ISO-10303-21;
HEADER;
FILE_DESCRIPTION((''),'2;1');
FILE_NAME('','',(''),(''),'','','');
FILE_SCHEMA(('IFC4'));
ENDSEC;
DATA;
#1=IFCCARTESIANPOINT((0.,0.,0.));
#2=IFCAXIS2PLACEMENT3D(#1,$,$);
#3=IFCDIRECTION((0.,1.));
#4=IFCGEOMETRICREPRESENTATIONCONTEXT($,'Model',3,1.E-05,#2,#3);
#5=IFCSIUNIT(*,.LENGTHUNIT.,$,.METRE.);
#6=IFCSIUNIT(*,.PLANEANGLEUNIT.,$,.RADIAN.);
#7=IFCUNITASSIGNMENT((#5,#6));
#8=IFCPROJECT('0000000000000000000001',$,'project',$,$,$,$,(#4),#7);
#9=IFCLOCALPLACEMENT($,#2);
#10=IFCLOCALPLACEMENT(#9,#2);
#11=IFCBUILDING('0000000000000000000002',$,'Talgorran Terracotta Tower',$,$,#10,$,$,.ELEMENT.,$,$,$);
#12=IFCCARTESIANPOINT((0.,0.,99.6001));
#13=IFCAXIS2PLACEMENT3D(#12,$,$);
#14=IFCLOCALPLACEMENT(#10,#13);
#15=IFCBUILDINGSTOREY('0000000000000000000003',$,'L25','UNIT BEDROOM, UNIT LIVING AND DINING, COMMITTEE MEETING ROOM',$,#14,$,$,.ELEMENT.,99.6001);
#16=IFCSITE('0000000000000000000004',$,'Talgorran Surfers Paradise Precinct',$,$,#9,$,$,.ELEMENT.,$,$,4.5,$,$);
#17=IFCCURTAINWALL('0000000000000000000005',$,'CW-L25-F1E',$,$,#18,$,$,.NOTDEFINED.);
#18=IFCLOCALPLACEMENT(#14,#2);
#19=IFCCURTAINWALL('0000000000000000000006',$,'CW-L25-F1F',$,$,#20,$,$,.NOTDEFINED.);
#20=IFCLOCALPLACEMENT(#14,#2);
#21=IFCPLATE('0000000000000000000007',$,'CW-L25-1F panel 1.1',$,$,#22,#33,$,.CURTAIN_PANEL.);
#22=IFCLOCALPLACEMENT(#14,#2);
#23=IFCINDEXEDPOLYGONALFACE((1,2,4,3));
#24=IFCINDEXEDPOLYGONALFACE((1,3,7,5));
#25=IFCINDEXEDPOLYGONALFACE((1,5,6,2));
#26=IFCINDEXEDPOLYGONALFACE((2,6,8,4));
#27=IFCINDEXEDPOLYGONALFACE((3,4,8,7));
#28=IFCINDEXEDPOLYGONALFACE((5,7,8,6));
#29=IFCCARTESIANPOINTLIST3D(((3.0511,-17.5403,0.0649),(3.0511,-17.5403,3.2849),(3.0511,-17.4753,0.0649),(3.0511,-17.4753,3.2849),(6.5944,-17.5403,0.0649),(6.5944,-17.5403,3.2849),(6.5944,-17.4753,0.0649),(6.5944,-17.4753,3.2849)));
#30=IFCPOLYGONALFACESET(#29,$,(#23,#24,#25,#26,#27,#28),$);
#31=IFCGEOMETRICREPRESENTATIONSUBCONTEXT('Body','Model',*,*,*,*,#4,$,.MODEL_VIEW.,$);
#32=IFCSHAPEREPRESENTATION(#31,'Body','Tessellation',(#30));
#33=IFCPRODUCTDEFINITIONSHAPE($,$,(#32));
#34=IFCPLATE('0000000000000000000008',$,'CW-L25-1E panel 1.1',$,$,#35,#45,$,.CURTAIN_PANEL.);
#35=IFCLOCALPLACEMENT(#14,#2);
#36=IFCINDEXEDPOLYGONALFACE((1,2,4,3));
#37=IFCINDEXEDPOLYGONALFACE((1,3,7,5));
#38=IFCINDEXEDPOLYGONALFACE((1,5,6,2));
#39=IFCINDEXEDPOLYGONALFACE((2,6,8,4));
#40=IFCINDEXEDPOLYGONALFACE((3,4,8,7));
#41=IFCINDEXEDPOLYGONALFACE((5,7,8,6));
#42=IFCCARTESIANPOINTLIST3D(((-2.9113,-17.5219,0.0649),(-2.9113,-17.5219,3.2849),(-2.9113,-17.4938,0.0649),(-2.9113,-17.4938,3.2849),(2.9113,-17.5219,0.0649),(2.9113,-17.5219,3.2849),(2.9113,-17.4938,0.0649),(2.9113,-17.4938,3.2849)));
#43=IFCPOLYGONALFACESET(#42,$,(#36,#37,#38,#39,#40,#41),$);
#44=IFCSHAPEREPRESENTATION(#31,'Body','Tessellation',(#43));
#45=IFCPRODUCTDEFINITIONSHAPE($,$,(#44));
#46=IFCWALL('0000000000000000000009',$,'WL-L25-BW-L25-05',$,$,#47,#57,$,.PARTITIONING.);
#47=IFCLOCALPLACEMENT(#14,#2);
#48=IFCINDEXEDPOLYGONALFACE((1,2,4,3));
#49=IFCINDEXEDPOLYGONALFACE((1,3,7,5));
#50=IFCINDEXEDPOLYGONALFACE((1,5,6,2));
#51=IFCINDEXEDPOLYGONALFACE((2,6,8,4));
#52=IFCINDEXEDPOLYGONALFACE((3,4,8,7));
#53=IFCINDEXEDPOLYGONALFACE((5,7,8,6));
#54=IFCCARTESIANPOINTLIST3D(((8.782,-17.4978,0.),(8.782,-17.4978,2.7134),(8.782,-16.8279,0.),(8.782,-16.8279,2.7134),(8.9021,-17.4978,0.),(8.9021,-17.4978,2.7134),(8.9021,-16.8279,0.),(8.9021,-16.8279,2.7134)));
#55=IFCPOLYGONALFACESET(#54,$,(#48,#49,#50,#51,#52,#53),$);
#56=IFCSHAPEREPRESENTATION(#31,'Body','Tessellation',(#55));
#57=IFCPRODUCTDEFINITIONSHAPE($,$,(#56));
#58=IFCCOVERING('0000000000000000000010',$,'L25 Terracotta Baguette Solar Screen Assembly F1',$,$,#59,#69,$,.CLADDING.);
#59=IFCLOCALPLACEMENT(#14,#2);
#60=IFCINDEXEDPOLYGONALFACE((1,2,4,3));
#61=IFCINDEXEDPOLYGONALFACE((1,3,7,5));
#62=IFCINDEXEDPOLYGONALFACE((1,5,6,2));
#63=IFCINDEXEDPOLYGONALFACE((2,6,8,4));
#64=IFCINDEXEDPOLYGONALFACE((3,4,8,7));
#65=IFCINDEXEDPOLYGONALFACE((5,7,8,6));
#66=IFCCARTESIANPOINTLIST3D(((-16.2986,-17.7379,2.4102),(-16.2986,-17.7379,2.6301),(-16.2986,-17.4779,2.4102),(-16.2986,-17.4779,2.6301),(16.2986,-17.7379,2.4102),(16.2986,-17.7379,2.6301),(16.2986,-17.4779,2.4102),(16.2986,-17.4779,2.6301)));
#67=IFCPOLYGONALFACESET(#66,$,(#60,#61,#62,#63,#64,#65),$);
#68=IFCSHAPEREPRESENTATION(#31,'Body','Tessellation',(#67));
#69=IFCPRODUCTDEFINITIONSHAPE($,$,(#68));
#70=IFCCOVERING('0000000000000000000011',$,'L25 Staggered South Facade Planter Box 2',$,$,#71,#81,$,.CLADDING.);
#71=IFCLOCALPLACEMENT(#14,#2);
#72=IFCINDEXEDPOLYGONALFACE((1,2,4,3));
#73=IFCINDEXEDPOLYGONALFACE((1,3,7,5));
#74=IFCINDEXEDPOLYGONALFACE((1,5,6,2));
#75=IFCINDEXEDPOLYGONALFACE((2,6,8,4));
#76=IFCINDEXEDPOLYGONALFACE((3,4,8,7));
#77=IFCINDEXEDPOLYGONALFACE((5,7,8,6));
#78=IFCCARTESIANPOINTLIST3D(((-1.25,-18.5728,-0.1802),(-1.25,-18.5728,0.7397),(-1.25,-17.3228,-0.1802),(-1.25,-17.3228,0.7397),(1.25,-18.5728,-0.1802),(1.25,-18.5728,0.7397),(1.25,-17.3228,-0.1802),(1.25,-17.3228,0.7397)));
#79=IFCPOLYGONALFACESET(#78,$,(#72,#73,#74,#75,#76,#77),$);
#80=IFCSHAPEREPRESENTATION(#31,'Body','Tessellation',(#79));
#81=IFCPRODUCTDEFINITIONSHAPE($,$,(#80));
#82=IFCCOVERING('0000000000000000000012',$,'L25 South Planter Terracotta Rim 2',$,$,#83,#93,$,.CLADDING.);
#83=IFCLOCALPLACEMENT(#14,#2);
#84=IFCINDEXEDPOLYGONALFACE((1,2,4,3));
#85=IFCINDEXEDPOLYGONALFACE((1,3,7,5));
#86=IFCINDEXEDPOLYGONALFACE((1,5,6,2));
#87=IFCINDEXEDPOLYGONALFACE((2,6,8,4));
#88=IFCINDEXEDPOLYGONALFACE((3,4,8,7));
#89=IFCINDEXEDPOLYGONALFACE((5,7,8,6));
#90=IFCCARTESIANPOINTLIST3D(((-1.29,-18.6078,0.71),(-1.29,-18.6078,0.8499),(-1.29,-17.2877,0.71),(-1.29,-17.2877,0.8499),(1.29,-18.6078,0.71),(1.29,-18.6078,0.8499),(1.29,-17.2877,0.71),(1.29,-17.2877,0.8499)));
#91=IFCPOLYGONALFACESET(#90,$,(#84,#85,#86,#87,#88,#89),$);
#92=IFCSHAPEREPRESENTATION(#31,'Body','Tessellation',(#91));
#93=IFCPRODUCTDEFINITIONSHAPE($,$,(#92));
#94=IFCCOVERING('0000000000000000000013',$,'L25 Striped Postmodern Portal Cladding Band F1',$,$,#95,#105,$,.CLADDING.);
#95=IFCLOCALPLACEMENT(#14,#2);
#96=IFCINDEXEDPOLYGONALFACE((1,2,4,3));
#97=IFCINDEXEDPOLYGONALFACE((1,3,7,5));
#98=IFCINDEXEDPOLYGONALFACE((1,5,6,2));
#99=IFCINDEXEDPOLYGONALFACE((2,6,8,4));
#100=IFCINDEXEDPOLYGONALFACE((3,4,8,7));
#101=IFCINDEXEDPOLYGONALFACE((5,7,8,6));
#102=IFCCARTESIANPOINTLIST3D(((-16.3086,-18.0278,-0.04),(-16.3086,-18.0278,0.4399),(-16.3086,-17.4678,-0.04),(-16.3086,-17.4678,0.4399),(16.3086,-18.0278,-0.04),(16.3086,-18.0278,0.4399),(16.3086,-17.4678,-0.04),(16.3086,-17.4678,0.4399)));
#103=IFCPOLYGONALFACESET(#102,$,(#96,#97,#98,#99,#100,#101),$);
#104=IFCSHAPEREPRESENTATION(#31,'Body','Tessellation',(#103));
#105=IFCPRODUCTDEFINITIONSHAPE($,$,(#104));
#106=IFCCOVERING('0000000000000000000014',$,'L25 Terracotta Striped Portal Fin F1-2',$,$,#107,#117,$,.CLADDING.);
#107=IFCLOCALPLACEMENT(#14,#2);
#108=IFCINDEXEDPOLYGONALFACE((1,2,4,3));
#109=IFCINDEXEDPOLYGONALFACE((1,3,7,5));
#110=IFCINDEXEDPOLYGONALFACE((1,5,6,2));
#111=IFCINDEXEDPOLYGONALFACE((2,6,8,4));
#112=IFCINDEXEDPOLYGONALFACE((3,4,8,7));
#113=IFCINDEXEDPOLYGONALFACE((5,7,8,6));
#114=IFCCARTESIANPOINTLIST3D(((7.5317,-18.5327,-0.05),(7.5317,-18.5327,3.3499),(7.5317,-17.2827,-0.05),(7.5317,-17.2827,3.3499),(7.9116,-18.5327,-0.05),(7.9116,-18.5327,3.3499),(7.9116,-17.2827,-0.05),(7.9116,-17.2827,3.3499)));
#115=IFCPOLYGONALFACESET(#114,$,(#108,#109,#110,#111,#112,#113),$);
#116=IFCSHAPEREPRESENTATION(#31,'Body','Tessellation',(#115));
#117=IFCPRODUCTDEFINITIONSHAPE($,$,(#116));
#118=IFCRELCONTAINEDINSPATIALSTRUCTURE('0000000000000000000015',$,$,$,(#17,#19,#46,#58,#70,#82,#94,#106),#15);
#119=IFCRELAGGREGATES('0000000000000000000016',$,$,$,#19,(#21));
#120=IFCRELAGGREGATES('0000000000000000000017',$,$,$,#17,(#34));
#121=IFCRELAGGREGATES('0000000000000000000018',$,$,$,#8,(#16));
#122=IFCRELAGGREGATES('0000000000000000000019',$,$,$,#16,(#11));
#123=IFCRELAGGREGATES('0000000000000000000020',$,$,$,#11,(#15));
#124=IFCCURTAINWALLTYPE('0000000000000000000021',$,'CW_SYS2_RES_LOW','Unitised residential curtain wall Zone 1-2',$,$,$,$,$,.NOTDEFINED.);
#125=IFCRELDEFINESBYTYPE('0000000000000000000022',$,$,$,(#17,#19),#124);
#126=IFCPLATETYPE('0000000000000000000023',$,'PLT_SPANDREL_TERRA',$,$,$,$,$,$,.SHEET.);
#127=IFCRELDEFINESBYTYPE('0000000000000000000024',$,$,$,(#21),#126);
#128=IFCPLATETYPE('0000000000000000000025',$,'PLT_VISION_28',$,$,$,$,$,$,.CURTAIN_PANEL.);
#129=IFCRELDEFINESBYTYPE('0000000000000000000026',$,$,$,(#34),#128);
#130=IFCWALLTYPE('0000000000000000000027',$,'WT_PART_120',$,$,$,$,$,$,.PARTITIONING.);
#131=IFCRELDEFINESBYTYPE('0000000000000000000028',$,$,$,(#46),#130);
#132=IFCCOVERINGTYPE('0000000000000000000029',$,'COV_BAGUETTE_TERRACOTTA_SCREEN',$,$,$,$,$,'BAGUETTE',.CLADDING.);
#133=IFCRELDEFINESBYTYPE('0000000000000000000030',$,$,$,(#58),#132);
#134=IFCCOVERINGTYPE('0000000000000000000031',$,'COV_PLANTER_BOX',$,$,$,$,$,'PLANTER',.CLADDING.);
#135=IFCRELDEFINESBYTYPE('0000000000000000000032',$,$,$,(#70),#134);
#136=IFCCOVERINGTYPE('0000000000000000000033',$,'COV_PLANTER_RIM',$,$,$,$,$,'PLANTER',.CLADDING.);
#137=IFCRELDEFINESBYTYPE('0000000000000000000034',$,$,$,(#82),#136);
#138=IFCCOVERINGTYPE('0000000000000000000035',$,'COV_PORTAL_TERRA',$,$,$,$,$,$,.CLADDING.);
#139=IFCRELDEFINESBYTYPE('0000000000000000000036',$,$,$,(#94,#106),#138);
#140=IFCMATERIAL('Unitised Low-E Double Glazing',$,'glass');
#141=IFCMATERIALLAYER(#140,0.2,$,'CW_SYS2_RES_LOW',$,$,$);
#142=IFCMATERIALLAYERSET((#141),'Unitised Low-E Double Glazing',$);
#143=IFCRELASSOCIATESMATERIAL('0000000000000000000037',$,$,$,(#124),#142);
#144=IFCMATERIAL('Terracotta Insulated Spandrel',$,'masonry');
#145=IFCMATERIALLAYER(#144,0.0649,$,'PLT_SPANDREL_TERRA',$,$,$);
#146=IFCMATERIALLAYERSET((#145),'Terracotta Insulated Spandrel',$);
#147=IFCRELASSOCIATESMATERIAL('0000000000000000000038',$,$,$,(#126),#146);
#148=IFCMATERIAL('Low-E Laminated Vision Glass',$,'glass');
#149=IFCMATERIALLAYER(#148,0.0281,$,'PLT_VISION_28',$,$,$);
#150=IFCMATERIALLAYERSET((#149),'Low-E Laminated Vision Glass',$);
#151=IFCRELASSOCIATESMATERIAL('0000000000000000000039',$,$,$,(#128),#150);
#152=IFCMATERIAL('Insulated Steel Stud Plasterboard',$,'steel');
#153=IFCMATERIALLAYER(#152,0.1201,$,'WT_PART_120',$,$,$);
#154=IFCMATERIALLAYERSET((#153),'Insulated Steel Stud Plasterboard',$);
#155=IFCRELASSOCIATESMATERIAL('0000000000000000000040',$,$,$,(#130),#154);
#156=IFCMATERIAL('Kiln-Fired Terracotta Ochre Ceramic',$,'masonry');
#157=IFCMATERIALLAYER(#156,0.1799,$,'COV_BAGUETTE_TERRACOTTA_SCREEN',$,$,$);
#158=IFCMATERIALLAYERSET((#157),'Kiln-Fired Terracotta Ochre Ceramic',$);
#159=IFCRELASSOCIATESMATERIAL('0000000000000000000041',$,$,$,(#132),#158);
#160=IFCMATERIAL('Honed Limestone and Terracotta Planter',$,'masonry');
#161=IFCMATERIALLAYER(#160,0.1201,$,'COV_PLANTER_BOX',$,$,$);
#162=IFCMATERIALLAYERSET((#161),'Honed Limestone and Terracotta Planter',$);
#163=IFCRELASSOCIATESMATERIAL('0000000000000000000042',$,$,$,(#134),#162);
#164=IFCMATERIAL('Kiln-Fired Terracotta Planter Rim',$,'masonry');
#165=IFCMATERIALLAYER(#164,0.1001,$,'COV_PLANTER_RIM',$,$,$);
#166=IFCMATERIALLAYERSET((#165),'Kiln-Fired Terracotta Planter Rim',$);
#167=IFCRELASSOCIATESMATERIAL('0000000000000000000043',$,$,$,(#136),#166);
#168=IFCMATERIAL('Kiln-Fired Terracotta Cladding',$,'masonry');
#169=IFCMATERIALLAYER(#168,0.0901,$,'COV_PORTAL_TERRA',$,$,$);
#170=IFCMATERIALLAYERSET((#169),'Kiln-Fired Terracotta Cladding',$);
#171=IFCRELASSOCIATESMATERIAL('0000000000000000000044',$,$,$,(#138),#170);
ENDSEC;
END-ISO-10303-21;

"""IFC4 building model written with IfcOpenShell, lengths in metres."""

from ifc_helpers import new_model, si_unit, direction, frame, frame_2d, origin, origin_2d, place, context, subcontext, project, spatial, rectangle, extrude, source, transform, mapped, material, layer, layer_set, type_object, element, aggregate, save


model = new_model("IFC4")

# Units and contexts
model_context = context("Model", 3, precision=1e-05, world=origin(), true_north=direction((0.0, 1.0)))
body_context = subcontext(model_context, "Body", "Model", "MODEL_VIEW")
ifc_project = project(units=[si_unit("LENGTHUNIT", "METRE"), si_unit("PLANEANGLEUNIT", "RADIAN")], contexts=[model_context])

# Site, building, storey
site_placement = place(None, origin())
site = spatial("IfcSite", under=ifc_project, at=site_placement, Name="Talgorran Surfers Paradise Precinct", CompositionType="ELEMENT", RefElevation=4.5)
building_placement = place(site_placement, origin())
building = spatial("IfcBuilding", under=site, at=building_placement, Name="Talgorran Terracotta Tower", CompositionType="ELEMENT")
storey_placement = place(building_placement, frame((0.0, 0.0, 99.6001)))
storey = spatial("IfcBuildingStorey", under=building, at=storey_placement, Name="L25", Description="UNIT BEDROOM, UNIT LIVING AND DINING, COMMITTEE MEETING ROOM", CompositionType="ELEMENT", Elevation=99.6001)

# Curtain wall
ifc_material_1 = material(Name="Unitised Low-E Double Glazing", Category="glass")
ifc_layer_1 = layer(ifc_material_1, 0.2, Name="CW_SYS2_RES_LOW")
ifc_layer_set_1 = layer_set([ifc_layer_1], Name="Unitised Low-E Double Glazing")
curtain_wall_type = type_object("IfcCurtainWallType", Name="CW_SYS2_RES_LOW", Description="Unitised residential curtain wall Zone 1-2", PredefinedType="NOTDEFINED", material=ifc_layer_set_1)
curtain_wall_1_placement = place(storey_placement, origin())
curtain_wall_1 = element("IfcCurtainWall", 1, at=curtain_wall_1_placement, inside=storey, type_object=curtain_wall_type, Name="CW-L25-F1E", PredefinedType="NOTDEFINED")

# Curtain wall
curtain_wall_2_placement = place(storey_placement, origin())
curtain_wall_2 = element("IfcCurtainWall", 2, at=curtain_wall_2_placement, inside=storey, type_object=curtain_wall_type, Name="CW-L25-F1F", PredefinedType="NOTDEFINED")

# Plates
ifc_material_2 = material(Name="Terracotta Insulated Spandrel", Category="masonry")
ifc_layer_2 = layer(ifc_material_2, 0.0649, Name="PLT_SPANDREL_TERRA")
ifc_layer_set_2 = layer_set([ifc_layer_2], Name="Terracotta Insulated Spandrel")
plate_type_1 = type_object("IfcPlateType", Name="PLT_SPANDREL_TERRA", PredefinedType="SHEET", material=ifc_layer_set_2)
ifc_material_3 = material(Name="Low-E Laminated Vision Glass", Category="glass")
ifc_layer_3 = layer(ifc_material_3, 0.0281, Name="PLT_VISION_28")
ifc_layer_set_3 = layer_set([ifc_layer_3], Name="Low-E Laminated Vision Glass")
plate_type_2 = type_object("IfcPlateType", Name="PLT_VISION_28", PredefinedType="CURTAIN_PANEL", material=ifc_layer_set_3)
shared_shape_1 = source(origin(), body_context, "Body", "SweptSolid", [
    extrude(rectangle(XDim=3.5432, YDim=0.0649, at=origin_2d()), origin(), (0.0, 0.0, 1.0), 3.22),
])
plate_1_placement = place(storey_placement, frame((4.8228, -17.5078, 0.0649), z_axis=(0.0, 0.0, 1.0), x_axis=(1.0, 0.0, 0.0)))
plate_1 = element("IfcPlate", 3, at=plate_1_placement, type_object=plate_type_1, Name="CW-L25-1F panel 1.1", PredefinedType="CURTAIN_PANEL", context=body_context, shape_type="MappedRepresentation", body=[
    mapped(shared_shape_1, transform((0.0, 0.0, 0.0), scale=1.0)),
])
aggregate(curtain_wall_2, [plate_1])
shared_shape_2 = source(origin(), body_context, "Body", "SweptSolid", [
    extrude(rectangle(XDim=5.8225, YDim=0.0281, at=origin_2d()), origin(), (0.0, 0.0, 1.0), 3.22),
])
plate_2_placement = place(storey_placement, frame((0.0, -17.5078, 0.0649), z_axis=(0.0, 0.0, 1.0), x_axis=(1.0, 0.0, 0.0)))
plate_2 = element("IfcPlate", 4, at=plate_2_placement, type_object=plate_type_2, Name="CW-L25-1E panel 1.1", PredefinedType="CURTAIN_PANEL", context=body_context, shape_type="MappedRepresentation", body=[
    mapped(shared_shape_2, transform((0.0, 0.0, 0.0), scale=1.0)),
])
aggregate(curtain_wall_1, [plate_2])

# Wall
ifc_material_4 = material(Name="Insulated Steel Stud Plasterboard", Category="steel")
ifc_layer_4 = layer(ifc_material_4, 0.1201, Name="WT_PART_120")
ifc_layer_set_4 = layer_set([ifc_layer_4], Name="Insulated Steel Stud Plasterboard")
wall_type = type_object("IfcWallType", Name="WT_PART_120", PredefinedType="PARTITIONING", material=ifc_layer_set_4)
wall_placement = place(storey_placement, frame((8.842, -17.4978, 0.0), z_axis=(0.0, 0.0, 1.0), x_axis=(0.0, 1.0, 0.0)))
element("IfcWall", 5, at=wall_placement, inside=storey, type_object=wall_type, Name="WL-L25-BW-L25-05", PredefinedType="PARTITIONING", context=body_context, shape_type="SweptSolid", body=[
    extrude(rectangle(XDim=0.6699, YDim=0.1201, at=frame_2d((0.335, 0.0))), origin(), (0.0, 0.0, 1.0), 2.7134),
])

# Coverings
ifc_material_5 = material(Name="Kiln-Fired Terracotta Ochre Ceramic", Category="masonry")
ifc_layer_5 = layer(ifc_material_5, 0.1799, Name="COV_BAGUETTE_TERRACOTTA_SCREEN")
ifc_layer_set_5 = layer_set([ifc_layer_5], Name="Kiln-Fired Terracotta Ochre Ceramic")
covering_type_1 = type_object("IfcCoveringType", Name="COV_BAGUETTE_TERRACOTTA_SCREEN", ElementType="BAGUETTE", PredefinedType="CLADDING", material=ifc_layer_set_5)
covering_1_placement = place(storey_placement, frame((0.0, -17.6079, 2.4102), z_axis=(0.0, 0.0, 1.0), x_axis=(1.0, 0.0, 0.0)))
element("IfcCovering", 6, at=covering_1_placement, inside=storey, type_object=covering_type_1, Name="L25 Terracotta Baguette Solar Screen Assembly F1", PredefinedType="CLADDING", context=body_context, shape_type="SweptSolid", body=[
    extrude(rectangle(XDim=32.5972, YDim=0.26, at=origin_2d()), origin(), (0.0, 0.0, 1.0), 0.22),
])
ifc_material_6 = material(Name="Honed Limestone and Terracotta Planter", Category="masonry")
ifc_layer_6 = layer(ifc_material_6, 0.1201, Name="COV_PLANTER_BOX")
ifc_layer_set_6 = layer_set([ifc_layer_6], Name="Honed Limestone and Terracotta Planter")
covering_type_2 = type_object("IfcCoveringType", Name="COV_PLANTER_BOX", ElementType="PLANTER", PredefinedType="CLADDING", material=ifc_layer_set_6)
covering_2_placement = place(storey_placement, frame((0.0, -17.9478, -0.1802), z_axis=(0.0, 0.0, 1.0), x_axis=(1.0, 0.0, 0.0)))
element("IfcCovering", 7, at=covering_2_placement, inside=storey, type_object=covering_type_2, Name="L25 Staggered South Facade Planter Box 2", PredefinedType="CLADDING", context=body_context, shape_type="SweptSolid", body=[
    extrude(rectangle(XDim=2.5, YDim=1.25, at=origin_2d()), origin(), (0.0, 0.0, 1.0), 0.9199),
])
ifc_material_7 = material(Name="Kiln-Fired Terracotta Planter Rim", Category="masonry")
ifc_layer_7 = layer(ifc_material_7, 0.1001, Name="COV_PLANTER_RIM")
ifc_layer_set_7 = layer_set([ifc_layer_7], Name="Kiln-Fired Terracotta Planter Rim")
covering_type_3 = type_object("IfcCoveringType", Name="COV_PLANTER_RIM", ElementType="PLANTER", PredefinedType="CLADDING", material=ifc_layer_set_7)
covering_3_placement = place(storey_placement, frame((0.0, -17.9478, 0.71), z_axis=(0.0, 0.0, 1.0), x_axis=(1.0, 0.0, 0.0)))
element("IfcCovering", 8, at=covering_3_placement, inside=storey, type_object=covering_type_3, Name="L25 South Planter Terracotta Rim 2", PredefinedType="CLADDING", context=body_context, shape_type="SweptSolid", body=[
    extrude(rectangle(XDim=2.5801, YDim=1.3201, at=origin_2d()), origin(), (0.0, 0.0, 1.0), 0.1399),
])
ifc_material_8 = material(Name="Kiln-Fired Terracotta Cladding", Category="masonry")
ifc_layer_8 = layer(ifc_material_8, 0.0901, Name="COV_PORTAL_TERRA")
ifc_layer_set_8 = layer_set([ifc_layer_8], Name="Kiln-Fired Terracotta Cladding")
covering_type_4 = type_object("IfcCoveringType", Name="COV_PORTAL_TERRA", PredefinedType="CLADDING", material=ifc_layer_set_8)
covering_4_placement = place(storey_placement, frame((0.0, -17.7478, -0.04), z_axis=(0.0, 0.0, 1.0), x_axis=(1.0, 0.0, 0.0)))
element("IfcCovering", 9, at=covering_4_placement, inside=storey, type_object=covering_type_4, Name="L25 Striped Postmodern Portal Cladding Band F1", PredefinedType="CLADDING", context=body_context, shape_type="SweptSolid", body=[
    extrude(rectangle(XDim=32.6172, YDim=0.5601, at=origin_2d()), origin(), (0.0, 0.0, 1.0), 0.48),
])
covering_5_placement = place(storey_placement, frame((7.7217, -17.9077, -0.05), z_axis=(0.0, 0.0, 1.0), x_axis=(1.0, 0.0, 0.0)))
element("IfcCovering", 10, at=covering_5_placement, inside=storey, type_object=covering_type_4, Name="L25 Terracotta Striped Portal Fin F1-2", PredefinedType="CLADDING", context=body_context, shape_type="SweptSolid", body=[
    extrude(rectangle(XDim=0.3799, YDim=1.25, at=origin_2d()), origin(), (0.0, 0.0, 1.0), 3.3999),
])

save(model, "model.ifc")
